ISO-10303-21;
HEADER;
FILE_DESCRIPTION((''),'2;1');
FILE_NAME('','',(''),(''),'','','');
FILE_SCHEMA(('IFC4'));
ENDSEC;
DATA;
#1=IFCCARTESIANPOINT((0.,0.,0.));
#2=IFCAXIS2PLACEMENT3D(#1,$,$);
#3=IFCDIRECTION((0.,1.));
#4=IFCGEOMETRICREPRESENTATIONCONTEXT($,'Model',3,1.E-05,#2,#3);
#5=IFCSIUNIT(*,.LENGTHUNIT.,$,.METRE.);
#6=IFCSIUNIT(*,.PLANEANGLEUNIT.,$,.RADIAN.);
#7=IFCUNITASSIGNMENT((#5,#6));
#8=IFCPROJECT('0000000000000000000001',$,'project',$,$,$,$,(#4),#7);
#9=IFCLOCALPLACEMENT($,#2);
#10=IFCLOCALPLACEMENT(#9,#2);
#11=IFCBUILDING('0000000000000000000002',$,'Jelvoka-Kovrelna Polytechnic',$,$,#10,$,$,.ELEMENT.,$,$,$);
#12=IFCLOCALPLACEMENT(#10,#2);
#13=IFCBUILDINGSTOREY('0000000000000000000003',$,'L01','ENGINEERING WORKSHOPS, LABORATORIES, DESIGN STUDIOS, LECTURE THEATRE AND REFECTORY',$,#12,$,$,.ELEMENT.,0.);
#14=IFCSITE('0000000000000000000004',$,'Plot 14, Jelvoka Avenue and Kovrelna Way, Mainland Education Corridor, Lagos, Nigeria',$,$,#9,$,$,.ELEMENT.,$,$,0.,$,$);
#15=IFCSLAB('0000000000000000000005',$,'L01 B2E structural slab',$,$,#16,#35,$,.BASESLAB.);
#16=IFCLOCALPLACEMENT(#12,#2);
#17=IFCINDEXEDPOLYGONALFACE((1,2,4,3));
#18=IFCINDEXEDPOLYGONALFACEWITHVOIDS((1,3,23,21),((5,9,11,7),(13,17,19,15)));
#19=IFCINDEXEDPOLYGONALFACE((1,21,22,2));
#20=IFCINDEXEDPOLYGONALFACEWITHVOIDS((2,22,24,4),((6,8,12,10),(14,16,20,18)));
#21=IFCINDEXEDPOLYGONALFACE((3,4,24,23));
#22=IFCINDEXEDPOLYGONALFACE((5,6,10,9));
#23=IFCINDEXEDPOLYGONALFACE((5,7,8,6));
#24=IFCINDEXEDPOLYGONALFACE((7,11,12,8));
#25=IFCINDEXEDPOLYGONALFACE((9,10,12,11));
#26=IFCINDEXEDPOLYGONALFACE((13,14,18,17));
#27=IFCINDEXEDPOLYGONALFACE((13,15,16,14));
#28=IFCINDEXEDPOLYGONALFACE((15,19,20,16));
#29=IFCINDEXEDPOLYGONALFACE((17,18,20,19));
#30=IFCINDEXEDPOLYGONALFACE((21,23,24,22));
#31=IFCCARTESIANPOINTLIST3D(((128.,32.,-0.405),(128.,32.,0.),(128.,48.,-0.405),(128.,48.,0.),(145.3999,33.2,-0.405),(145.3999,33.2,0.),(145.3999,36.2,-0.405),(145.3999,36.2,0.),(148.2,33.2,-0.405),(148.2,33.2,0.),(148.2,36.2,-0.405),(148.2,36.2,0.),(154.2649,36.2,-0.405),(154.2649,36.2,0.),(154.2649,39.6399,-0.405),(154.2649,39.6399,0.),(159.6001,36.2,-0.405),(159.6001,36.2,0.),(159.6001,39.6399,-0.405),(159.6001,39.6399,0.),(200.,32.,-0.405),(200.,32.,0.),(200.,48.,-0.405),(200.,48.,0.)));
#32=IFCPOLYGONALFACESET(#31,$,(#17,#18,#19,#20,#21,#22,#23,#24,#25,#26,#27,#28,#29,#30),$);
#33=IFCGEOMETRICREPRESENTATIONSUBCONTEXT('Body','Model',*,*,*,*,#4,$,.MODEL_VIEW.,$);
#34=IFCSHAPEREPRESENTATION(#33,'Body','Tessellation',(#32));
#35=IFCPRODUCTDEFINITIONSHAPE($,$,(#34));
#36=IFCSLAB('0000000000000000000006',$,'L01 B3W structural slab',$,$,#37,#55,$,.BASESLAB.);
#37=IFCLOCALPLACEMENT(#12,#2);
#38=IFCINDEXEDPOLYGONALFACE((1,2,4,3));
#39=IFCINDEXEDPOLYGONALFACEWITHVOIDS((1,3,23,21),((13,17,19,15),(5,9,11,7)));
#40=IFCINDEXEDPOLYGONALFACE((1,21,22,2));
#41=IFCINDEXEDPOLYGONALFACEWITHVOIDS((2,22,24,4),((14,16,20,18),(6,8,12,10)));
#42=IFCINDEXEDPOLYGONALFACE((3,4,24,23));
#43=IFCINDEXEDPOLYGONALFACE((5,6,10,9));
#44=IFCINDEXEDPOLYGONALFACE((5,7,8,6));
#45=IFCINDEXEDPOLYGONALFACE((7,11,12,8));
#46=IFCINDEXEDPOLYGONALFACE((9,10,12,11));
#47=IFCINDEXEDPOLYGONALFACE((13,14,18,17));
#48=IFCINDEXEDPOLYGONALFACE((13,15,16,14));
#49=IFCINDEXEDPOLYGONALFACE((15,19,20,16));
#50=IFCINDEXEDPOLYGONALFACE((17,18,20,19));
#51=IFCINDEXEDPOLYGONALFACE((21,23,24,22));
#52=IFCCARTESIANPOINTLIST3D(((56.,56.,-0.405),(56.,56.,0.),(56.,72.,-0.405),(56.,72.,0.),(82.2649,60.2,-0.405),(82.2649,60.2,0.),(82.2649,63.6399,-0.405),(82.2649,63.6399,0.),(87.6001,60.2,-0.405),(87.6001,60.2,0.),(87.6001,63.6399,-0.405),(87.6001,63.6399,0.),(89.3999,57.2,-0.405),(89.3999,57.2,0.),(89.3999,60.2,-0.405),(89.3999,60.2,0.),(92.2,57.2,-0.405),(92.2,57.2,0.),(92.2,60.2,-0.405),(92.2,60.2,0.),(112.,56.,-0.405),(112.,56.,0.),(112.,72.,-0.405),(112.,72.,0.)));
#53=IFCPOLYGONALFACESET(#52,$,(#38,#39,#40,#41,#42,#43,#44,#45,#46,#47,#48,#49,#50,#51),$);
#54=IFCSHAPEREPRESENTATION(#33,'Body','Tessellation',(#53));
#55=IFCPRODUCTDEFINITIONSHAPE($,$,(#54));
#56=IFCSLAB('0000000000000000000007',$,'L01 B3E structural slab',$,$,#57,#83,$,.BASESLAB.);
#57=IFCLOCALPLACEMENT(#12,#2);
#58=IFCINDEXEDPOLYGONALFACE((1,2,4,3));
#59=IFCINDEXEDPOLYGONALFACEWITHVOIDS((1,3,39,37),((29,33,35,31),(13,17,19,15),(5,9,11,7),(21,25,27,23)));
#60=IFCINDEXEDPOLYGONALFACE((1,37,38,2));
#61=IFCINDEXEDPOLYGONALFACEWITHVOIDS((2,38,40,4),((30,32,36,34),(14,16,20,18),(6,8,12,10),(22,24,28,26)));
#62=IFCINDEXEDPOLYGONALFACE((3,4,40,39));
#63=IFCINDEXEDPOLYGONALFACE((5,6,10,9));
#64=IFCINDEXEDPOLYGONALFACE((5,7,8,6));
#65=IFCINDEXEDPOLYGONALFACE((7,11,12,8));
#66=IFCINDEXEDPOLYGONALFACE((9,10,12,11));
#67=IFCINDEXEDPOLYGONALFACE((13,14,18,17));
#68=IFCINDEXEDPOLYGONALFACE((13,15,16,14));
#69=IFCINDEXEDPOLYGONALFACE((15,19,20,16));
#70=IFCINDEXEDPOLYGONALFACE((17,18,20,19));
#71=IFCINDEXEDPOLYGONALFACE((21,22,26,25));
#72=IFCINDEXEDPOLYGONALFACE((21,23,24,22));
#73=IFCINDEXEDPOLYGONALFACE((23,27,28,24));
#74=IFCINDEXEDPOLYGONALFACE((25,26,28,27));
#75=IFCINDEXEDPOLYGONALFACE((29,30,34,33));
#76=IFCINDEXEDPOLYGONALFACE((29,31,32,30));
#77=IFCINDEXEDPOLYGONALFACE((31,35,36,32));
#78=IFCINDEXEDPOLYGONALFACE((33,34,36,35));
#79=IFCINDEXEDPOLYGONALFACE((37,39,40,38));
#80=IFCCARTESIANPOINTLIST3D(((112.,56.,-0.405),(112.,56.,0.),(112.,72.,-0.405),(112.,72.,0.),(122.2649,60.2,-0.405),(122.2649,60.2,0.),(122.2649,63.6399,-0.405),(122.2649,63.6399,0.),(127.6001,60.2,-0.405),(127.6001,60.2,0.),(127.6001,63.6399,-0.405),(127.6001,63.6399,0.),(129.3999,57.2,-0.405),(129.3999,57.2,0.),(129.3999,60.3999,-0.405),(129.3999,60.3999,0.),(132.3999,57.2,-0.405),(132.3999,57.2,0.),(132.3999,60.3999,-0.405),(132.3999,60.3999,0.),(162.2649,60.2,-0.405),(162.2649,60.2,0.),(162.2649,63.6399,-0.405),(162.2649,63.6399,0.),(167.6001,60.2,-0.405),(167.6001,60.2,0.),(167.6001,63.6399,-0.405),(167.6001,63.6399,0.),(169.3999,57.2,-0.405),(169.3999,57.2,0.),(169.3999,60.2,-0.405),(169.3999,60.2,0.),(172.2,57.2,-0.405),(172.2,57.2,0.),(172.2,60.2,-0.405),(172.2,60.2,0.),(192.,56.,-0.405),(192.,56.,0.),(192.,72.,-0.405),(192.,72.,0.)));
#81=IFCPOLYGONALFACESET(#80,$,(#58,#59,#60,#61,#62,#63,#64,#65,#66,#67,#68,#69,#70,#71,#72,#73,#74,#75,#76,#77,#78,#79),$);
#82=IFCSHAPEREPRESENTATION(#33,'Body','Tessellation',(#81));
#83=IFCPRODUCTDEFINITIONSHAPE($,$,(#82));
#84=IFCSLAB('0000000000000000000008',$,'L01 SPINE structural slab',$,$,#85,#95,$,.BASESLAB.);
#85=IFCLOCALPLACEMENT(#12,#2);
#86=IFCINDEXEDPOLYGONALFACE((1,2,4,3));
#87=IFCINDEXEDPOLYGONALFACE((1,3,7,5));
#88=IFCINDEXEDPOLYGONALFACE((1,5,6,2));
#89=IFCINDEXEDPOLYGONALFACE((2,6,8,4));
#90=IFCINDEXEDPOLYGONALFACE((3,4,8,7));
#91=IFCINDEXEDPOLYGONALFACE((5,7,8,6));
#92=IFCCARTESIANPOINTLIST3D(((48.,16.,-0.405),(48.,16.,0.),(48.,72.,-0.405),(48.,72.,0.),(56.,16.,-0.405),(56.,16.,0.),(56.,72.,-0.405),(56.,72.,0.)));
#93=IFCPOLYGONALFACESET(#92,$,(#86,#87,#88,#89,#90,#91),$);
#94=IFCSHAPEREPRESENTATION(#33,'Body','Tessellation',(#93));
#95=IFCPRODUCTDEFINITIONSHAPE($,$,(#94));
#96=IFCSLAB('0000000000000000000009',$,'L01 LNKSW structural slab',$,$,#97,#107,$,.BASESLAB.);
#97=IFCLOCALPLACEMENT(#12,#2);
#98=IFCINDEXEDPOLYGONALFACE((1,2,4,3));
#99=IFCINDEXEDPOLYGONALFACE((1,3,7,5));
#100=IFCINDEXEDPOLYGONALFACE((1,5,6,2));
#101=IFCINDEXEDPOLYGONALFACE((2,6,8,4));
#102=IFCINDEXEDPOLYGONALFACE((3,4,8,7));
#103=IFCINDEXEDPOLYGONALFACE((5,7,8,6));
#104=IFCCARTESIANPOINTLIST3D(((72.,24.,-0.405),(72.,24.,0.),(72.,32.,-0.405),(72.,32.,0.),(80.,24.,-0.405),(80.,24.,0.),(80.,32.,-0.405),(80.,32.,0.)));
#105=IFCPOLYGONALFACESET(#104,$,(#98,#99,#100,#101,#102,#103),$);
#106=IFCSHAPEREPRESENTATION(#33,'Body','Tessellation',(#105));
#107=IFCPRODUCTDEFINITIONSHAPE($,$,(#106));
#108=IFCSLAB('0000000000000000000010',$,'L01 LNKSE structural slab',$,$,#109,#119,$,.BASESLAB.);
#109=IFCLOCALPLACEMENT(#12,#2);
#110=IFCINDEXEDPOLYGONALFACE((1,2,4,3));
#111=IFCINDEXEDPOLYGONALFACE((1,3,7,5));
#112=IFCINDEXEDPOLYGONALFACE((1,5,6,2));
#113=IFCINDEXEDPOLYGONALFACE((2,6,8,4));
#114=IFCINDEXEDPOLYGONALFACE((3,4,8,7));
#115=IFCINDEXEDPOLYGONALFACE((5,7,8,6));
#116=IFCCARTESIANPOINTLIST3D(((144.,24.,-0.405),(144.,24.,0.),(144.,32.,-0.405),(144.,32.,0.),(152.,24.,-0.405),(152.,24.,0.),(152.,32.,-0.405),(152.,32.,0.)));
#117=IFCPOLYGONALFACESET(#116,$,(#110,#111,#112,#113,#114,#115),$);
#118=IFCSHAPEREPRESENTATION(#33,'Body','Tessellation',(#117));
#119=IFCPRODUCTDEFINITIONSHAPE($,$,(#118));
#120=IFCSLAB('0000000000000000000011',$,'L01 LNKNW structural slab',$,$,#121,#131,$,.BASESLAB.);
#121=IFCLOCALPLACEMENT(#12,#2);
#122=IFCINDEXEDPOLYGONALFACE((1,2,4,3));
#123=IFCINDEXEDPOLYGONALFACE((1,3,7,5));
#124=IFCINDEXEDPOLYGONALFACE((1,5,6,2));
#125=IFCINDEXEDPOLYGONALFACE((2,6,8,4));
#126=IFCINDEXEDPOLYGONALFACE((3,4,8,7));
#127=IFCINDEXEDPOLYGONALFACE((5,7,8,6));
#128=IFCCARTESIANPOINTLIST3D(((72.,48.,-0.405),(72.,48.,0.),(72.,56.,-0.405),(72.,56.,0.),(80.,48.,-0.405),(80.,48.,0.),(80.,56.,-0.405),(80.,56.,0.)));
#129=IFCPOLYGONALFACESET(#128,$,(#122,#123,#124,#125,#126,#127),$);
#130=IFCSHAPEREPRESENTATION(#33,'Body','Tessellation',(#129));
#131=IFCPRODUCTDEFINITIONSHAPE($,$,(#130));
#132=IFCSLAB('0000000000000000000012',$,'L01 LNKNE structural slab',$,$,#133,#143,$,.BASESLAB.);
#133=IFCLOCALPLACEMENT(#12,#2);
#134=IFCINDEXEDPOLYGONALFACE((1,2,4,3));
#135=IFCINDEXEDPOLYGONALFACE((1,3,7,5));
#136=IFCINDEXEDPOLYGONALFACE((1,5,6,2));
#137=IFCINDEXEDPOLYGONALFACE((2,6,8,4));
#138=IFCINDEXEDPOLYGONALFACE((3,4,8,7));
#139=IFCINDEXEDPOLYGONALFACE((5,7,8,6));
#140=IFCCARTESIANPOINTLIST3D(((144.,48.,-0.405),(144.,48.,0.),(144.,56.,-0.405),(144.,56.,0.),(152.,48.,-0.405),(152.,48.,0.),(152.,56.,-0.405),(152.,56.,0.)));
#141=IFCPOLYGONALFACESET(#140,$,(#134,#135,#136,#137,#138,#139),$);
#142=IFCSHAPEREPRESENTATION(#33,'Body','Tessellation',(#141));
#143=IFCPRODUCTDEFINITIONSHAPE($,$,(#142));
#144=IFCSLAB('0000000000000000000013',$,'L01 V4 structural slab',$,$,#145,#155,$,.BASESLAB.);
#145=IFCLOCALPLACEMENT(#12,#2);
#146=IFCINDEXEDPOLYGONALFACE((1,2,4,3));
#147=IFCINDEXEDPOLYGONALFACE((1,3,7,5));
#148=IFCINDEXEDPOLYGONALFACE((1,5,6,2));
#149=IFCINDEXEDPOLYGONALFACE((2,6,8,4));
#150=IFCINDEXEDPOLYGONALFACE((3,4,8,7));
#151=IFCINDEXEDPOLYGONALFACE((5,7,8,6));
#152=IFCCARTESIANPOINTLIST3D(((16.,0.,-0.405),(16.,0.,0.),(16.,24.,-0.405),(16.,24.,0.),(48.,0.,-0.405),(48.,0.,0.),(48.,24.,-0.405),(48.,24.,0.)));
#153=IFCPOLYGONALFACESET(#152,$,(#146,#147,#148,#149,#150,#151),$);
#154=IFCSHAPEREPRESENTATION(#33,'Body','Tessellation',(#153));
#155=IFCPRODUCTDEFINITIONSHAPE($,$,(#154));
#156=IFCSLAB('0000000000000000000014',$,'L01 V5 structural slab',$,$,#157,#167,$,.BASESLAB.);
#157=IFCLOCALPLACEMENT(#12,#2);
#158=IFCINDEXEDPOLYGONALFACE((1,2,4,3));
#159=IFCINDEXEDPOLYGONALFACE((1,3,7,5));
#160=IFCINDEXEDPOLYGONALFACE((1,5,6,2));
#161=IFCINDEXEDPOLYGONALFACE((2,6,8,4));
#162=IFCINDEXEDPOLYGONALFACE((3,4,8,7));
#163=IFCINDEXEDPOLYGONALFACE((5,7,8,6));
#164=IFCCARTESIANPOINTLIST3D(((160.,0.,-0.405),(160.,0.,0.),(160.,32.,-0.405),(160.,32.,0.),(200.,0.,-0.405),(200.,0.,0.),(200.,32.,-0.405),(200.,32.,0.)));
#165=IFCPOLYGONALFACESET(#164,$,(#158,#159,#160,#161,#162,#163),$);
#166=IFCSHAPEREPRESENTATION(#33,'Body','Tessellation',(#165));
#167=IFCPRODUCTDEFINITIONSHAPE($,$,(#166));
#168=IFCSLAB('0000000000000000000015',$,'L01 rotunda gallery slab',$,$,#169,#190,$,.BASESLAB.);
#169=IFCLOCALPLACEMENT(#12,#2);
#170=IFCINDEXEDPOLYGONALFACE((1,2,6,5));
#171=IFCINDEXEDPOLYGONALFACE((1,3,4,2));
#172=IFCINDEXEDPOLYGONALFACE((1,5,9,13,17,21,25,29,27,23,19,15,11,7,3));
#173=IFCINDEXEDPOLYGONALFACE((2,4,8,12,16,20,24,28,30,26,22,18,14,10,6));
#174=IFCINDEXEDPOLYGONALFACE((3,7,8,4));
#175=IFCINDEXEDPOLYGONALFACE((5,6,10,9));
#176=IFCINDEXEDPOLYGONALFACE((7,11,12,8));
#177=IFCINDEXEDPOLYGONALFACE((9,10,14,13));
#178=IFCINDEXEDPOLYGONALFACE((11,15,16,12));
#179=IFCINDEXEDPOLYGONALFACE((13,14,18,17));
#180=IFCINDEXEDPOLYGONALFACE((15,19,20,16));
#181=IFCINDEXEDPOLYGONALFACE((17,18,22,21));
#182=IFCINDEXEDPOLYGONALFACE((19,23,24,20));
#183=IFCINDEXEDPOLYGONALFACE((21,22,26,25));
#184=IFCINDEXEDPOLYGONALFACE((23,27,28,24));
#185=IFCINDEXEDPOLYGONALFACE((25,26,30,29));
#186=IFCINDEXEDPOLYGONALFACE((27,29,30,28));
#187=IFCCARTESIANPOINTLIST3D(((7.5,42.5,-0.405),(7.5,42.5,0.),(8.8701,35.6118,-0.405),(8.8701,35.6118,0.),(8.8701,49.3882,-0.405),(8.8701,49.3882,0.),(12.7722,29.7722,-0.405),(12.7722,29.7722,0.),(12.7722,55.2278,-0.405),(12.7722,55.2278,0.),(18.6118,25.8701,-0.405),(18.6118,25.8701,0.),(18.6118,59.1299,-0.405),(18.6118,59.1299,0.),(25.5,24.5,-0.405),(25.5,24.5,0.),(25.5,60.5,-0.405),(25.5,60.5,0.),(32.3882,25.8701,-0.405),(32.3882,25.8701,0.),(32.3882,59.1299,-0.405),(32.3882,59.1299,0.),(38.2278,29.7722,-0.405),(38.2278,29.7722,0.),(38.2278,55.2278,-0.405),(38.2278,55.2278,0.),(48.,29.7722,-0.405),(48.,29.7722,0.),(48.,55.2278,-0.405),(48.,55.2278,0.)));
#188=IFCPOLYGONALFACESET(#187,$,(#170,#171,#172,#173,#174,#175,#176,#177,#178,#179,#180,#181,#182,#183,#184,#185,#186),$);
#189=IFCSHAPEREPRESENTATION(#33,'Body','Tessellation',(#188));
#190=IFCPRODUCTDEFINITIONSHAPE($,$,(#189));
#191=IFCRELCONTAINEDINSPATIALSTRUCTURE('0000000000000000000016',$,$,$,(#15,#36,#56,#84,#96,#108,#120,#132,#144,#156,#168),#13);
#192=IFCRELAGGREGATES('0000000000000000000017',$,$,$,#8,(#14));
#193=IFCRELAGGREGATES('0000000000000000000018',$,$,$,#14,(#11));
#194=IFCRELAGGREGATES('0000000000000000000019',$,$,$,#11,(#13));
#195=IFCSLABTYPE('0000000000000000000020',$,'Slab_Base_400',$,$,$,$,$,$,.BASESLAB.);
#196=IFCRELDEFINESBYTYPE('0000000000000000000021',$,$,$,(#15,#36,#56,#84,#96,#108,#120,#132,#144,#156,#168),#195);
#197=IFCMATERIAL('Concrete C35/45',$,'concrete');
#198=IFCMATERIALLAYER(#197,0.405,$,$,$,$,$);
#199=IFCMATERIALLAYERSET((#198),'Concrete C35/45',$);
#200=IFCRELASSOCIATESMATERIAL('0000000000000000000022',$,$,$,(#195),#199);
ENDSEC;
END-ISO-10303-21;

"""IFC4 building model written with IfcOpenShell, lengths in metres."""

from ifc_helpers import new_model, si_unit, direction, frame, origin, place, context, subcontext, project, spatial, polyline, outline, extrude, material, layer, layer_set, type_object, element, save


model = new_model("IFC4")

# Units and contexts
model_context = context("Model", 3, precision=1e-05, world=origin(), true_north=direction((0.0, 1.0)))
body_context = subcontext(model_context, "Body", "Model", "MODEL_VIEW")
ifc_project = project(units=[si_unit("LENGTHUNIT", "METRE"), si_unit("PLANEANGLEUNIT", "RADIAN")], contexts=[model_context])

# Site, building, storey
site_placement = place(None, origin())
site = spatial("IfcSite", under=ifc_project, at=site_placement, Name="Plot 14, Jelvoka Avenue and Kovrelna Way, Mainland Education Corridor, Lagos, Nigeria", CompositionType="ELEMENT", RefElevation=0.0)
building_placement = place(site_placement, origin())
building = spatial("IfcBuilding", under=site, at=building_placement, Name="Jelvoka-Kovrelna Polytechnic", CompositionType="ELEMENT")
storey_placement = place(building_placement, origin())
storey = spatial("IfcBuildingStorey", under=building, at=storey_placement, Name="L01", Description="ENGINEERING WORKSHOPS, LABORATORIES, DESIGN STUDIOS, LECTURE THEATRE AND REFECTORY", CompositionType="ELEMENT", Elevation=0.0)

# Slabs
ifc_material_1 = material(Name="Concrete C35/45", Category="concrete")
ifc_layer_1 = layer(ifc_material_1, 0.405)
ifc_layer_set_1 = layer_set([ifc_layer_1], Name="Concrete C35/45")
slab_type_1 = type_object("IfcSlabType", Name="Slab_Base_400", PredefinedType="BASESLAB", material=ifc_layer_set_1)
slab_1_placement = place(storey_placement, frame((0.0, 0.0, -0.405)))
element("IfcSlab", 1, at=slab_1_placement, inside=storey, type_object=slab_type_1, Name="L01 B2E structural slab", PredefinedType="BASESLAB", context=body_context, shape_type="SweptSolid", body=[
    extrude(outline(polyline([(128.0, 32.0), (200.0, 32.0), (200.0, 48.0), (128.0, 48.0), (128.0, 32.0)]), holes=[polyline([(145.3999, 33.2), (148.2, 33.2), (148.2, 36.2), (145.3999, 36.2), (145.3999, 33.2)]), polyline([(154.2649, 36.2), (159.6001, 36.2), (159.6001, 39.6399), (154.2649, 39.6399), (154.2649, 36.2)])]), origin(), (0.0, 0.0, 1.0), 0.405),
])
slab_2_placement = place(storey_placement, frame((0.0, 0.0, -0.405)))
element("IfcSlab", 2, at=slab_2_placement, inside=storey, type_object=slab_type_1, Name="L01 B3W structural slab", PredefinedType="BASESLAB", context=body_context, shape_type="SweptSolid", body=[
    extrude(outline(polyline([(56.0, 56.0), (112.0, 56.0), (112.0, 72.0), (56.0, 72.0), (56.0, 56.0)]), holes=[polyline([(89.3999, 57.2), (92.2, 57.2), (92.2, 60.2), (89.3999, 60.2), (89.3999, 57.2)]), polyline([(82.2649, 60.2), (87.6001, 60.2), (87.6001, 63.6399), (82.2649, 63.6399), (82.2649, 60.2)])]), origin(), (0.0, 0.0, 1.0), 0.405),
])
slab_3_placement = place(storey_placement, frame((0.0, 0.0, -0.405)))
element("IfcSlab", 3, at=slab_3_placement, inside=storey, type_object=slab_type_1, Name="L01 B3E structural slab", PredefinedType="BASESLAB", context=body_context, shape_type="SweptSolid", body=[
    extrude(outline(polyline([(112.0, 56.0), (192.0, 56.0), (192.0, 72.0), (112.0, 72.0), (112.0, 56.0)]), holes=[polyline([(169.3999, 57.2), (172.2, 57.2), (172.2, 60.2), (169.3999, 60.2), (169.3999, 57.2)]), polyline([(129.3999, 57.2), (132.3999, 57.2), (132.3999, 60.3999), (129.3999, 60.3999), (129.3999, 57.2)]), polyline([(162.2649, 60.2), (167.6001, 60.2), (167.6001, 63.6399), (162.2649, 63.6399), (162.2649, 60.2)]), polyline([(122.2649, 60.2), (127.6001, 60.2), (127.6001, 63.6399), (122.2649, 63.6399), (122.2649, 60.2)])]), origin(), (0.0, 0.0, 1.0), 0.405),
])
slab_4_placement = place(storey_placement, frame((0.0, 0.0, -0.405)))
element("IfcSlab", 4, at=slab_4_placement, inside=storey, type_object=slab_type_1, Name="L01 SPINE structural slab", PredefinedType="BASESLAB", context=body_context, shape_type="SweptSolid", body=[
    extrude(outline(polyline([(48.0, 16.0), (56.0, 16.0), (56.0, 72.0), (48.0, 72.0), (48.0, 16.0)])), origin(), (0.0, 0.0, 1.0), 0.405),
])
slab_5_placement = place(storey_placement, frame((0.0, 0.0, -0.405)))
element("IfcSlab", 5, at=slab_5_placement, inside=storey, type_object=slab_type_1, Name="L01 LNKSW structural slab", PredefinedType="BASESLAB", context=body_context, shape_type="SweptSolid", body=[
    extrude(outline(polyline([(72.0, 24.0), (80.0, 24.0), (80.0, 32.0), (72.0, 32.0), (72.0, 24.0)])), origin(), (0.0, 0.0, 1.0), 0.405),
])
slab_6_placement = place(storey_placement, frame((0.0, 0.0, -0.405)))
element("IfcSlab", 6, at=slab_6_placement, inside=storey, type_object=slab_type_1, Name="L01 LNKSE structural slab", PredefinedType="BASESLAB", context=body_context, shape_type="SweptSolid", body=[
    extrude(outline(polyline([(144.0, 24.0), (152.0, 24.0), (152.0, 32.0), (144.0, 32.0), (144.0, 24.0)])), origin(), (0.0, 0.0, 1.0), 0.405),
])
slab_7_placement = place(storey_placement, frame((0.0, 0.0, -0.405)))
element("IfcSlab", 7, at=slab_7_placement, inside=storey, type_object=slab_type_1, Name="L01 LNKNW structural slab", PredefinedType="BASESLAB", context=body_context, shape_type="SweptSolid", body=[
    extrude(outline(polyline([(72.0, 48.0), (80.0, 48.0), (80.0, 56.0), (72.0, 56.0), (72.0, 48.0)])), origin(), (0.0, 0.0, 1.0), 0.405),
])
slab_8_placement = place(storey_placement, frame((0.0, 0.0, -0.405)))
element("IfcSlab", 8, at=slab_8_placement, inside=storey, type_object=slab_type_1, Name="L01 LNKNE structural slab", PredefinedType="BASESLAB", context=body_context, shape_type="SweptSolid", body=[
    extrude(outline(polyline([(144.0, 48.0), (152.0, 48.0), (152.0, 56.0), (144.0, 56.0), (144.0, 48.0)])), origin(), (0.0, 0.0, 1.0), 0.405),
])
slab_9_placement = place(storey_placement, frame((0.0, 0.0, -0.405)))
element("IfcSlab", 9, at=slab_9_placement, inside=storey, type_object=slab_type_1, Name="L01 V4 structural slab", PredefinedType="BASESLAB", context=body_context, shape_type="SweptSolid", body=[
    extrude(outline(polyline([(16.0, 0.0), (48.0, 0.0), (48.0, 24.0), (16.0, 24.0), (16.0, 0.0)])), origin(), (0.0, 0.0, 1.0), 0.405),
])
slab_10_placement = place(storey_placement, frame((0.0, 0.0, -0.405)))
element("IfcSlab", 10, at=slab_10_placement, inside=storey, type_object=slab_type_1, Name="L01 V5 structural slab", PredefinedType="BASESLAB", context=body_context, shape_type="SweptSolid", body=[
    extrude(outline(polyline([(160.0, 0.0), (200.0, 0.0), (200.0, 32.0), (160.0, 32.0), (160.0, 0.0)])), origin(), (0.0, 0.0, 1.0), 0.405),
])
slab_11_placement = place(storey_placement, frame((0.0, 0.0, -0.405)))
element("IfcSlab", 11, at=slab_11_placement, inside=storey, type_object=slab_type_1, Name="L01 rotunda gallery slab", PredefinedType="BASESLAB", context=body_context, shape_type="SweptSolid", body=[
    extrude(outline(polyline([(48.0, 29.7722), (48.0, 55.2278), (38.2278, 55.2278), (32.3882, 59.1299), (25.5, 60.5), (18.6118, 59.1299), (12.7722, 55.2278), (8.8701, 49.3882), (7.5, 42.5), (8.8701, 35.6118), (12.7722, 29.7722), (18.6118, 25.8701), (25.5, 24.5), (32.3882, 25.8701), (38.2278, 29.7722), (48.0, 29.7722)])), origin(), (0.0, 0.0, 1.0), 0.405),
])

save(model, "model.ifc")
